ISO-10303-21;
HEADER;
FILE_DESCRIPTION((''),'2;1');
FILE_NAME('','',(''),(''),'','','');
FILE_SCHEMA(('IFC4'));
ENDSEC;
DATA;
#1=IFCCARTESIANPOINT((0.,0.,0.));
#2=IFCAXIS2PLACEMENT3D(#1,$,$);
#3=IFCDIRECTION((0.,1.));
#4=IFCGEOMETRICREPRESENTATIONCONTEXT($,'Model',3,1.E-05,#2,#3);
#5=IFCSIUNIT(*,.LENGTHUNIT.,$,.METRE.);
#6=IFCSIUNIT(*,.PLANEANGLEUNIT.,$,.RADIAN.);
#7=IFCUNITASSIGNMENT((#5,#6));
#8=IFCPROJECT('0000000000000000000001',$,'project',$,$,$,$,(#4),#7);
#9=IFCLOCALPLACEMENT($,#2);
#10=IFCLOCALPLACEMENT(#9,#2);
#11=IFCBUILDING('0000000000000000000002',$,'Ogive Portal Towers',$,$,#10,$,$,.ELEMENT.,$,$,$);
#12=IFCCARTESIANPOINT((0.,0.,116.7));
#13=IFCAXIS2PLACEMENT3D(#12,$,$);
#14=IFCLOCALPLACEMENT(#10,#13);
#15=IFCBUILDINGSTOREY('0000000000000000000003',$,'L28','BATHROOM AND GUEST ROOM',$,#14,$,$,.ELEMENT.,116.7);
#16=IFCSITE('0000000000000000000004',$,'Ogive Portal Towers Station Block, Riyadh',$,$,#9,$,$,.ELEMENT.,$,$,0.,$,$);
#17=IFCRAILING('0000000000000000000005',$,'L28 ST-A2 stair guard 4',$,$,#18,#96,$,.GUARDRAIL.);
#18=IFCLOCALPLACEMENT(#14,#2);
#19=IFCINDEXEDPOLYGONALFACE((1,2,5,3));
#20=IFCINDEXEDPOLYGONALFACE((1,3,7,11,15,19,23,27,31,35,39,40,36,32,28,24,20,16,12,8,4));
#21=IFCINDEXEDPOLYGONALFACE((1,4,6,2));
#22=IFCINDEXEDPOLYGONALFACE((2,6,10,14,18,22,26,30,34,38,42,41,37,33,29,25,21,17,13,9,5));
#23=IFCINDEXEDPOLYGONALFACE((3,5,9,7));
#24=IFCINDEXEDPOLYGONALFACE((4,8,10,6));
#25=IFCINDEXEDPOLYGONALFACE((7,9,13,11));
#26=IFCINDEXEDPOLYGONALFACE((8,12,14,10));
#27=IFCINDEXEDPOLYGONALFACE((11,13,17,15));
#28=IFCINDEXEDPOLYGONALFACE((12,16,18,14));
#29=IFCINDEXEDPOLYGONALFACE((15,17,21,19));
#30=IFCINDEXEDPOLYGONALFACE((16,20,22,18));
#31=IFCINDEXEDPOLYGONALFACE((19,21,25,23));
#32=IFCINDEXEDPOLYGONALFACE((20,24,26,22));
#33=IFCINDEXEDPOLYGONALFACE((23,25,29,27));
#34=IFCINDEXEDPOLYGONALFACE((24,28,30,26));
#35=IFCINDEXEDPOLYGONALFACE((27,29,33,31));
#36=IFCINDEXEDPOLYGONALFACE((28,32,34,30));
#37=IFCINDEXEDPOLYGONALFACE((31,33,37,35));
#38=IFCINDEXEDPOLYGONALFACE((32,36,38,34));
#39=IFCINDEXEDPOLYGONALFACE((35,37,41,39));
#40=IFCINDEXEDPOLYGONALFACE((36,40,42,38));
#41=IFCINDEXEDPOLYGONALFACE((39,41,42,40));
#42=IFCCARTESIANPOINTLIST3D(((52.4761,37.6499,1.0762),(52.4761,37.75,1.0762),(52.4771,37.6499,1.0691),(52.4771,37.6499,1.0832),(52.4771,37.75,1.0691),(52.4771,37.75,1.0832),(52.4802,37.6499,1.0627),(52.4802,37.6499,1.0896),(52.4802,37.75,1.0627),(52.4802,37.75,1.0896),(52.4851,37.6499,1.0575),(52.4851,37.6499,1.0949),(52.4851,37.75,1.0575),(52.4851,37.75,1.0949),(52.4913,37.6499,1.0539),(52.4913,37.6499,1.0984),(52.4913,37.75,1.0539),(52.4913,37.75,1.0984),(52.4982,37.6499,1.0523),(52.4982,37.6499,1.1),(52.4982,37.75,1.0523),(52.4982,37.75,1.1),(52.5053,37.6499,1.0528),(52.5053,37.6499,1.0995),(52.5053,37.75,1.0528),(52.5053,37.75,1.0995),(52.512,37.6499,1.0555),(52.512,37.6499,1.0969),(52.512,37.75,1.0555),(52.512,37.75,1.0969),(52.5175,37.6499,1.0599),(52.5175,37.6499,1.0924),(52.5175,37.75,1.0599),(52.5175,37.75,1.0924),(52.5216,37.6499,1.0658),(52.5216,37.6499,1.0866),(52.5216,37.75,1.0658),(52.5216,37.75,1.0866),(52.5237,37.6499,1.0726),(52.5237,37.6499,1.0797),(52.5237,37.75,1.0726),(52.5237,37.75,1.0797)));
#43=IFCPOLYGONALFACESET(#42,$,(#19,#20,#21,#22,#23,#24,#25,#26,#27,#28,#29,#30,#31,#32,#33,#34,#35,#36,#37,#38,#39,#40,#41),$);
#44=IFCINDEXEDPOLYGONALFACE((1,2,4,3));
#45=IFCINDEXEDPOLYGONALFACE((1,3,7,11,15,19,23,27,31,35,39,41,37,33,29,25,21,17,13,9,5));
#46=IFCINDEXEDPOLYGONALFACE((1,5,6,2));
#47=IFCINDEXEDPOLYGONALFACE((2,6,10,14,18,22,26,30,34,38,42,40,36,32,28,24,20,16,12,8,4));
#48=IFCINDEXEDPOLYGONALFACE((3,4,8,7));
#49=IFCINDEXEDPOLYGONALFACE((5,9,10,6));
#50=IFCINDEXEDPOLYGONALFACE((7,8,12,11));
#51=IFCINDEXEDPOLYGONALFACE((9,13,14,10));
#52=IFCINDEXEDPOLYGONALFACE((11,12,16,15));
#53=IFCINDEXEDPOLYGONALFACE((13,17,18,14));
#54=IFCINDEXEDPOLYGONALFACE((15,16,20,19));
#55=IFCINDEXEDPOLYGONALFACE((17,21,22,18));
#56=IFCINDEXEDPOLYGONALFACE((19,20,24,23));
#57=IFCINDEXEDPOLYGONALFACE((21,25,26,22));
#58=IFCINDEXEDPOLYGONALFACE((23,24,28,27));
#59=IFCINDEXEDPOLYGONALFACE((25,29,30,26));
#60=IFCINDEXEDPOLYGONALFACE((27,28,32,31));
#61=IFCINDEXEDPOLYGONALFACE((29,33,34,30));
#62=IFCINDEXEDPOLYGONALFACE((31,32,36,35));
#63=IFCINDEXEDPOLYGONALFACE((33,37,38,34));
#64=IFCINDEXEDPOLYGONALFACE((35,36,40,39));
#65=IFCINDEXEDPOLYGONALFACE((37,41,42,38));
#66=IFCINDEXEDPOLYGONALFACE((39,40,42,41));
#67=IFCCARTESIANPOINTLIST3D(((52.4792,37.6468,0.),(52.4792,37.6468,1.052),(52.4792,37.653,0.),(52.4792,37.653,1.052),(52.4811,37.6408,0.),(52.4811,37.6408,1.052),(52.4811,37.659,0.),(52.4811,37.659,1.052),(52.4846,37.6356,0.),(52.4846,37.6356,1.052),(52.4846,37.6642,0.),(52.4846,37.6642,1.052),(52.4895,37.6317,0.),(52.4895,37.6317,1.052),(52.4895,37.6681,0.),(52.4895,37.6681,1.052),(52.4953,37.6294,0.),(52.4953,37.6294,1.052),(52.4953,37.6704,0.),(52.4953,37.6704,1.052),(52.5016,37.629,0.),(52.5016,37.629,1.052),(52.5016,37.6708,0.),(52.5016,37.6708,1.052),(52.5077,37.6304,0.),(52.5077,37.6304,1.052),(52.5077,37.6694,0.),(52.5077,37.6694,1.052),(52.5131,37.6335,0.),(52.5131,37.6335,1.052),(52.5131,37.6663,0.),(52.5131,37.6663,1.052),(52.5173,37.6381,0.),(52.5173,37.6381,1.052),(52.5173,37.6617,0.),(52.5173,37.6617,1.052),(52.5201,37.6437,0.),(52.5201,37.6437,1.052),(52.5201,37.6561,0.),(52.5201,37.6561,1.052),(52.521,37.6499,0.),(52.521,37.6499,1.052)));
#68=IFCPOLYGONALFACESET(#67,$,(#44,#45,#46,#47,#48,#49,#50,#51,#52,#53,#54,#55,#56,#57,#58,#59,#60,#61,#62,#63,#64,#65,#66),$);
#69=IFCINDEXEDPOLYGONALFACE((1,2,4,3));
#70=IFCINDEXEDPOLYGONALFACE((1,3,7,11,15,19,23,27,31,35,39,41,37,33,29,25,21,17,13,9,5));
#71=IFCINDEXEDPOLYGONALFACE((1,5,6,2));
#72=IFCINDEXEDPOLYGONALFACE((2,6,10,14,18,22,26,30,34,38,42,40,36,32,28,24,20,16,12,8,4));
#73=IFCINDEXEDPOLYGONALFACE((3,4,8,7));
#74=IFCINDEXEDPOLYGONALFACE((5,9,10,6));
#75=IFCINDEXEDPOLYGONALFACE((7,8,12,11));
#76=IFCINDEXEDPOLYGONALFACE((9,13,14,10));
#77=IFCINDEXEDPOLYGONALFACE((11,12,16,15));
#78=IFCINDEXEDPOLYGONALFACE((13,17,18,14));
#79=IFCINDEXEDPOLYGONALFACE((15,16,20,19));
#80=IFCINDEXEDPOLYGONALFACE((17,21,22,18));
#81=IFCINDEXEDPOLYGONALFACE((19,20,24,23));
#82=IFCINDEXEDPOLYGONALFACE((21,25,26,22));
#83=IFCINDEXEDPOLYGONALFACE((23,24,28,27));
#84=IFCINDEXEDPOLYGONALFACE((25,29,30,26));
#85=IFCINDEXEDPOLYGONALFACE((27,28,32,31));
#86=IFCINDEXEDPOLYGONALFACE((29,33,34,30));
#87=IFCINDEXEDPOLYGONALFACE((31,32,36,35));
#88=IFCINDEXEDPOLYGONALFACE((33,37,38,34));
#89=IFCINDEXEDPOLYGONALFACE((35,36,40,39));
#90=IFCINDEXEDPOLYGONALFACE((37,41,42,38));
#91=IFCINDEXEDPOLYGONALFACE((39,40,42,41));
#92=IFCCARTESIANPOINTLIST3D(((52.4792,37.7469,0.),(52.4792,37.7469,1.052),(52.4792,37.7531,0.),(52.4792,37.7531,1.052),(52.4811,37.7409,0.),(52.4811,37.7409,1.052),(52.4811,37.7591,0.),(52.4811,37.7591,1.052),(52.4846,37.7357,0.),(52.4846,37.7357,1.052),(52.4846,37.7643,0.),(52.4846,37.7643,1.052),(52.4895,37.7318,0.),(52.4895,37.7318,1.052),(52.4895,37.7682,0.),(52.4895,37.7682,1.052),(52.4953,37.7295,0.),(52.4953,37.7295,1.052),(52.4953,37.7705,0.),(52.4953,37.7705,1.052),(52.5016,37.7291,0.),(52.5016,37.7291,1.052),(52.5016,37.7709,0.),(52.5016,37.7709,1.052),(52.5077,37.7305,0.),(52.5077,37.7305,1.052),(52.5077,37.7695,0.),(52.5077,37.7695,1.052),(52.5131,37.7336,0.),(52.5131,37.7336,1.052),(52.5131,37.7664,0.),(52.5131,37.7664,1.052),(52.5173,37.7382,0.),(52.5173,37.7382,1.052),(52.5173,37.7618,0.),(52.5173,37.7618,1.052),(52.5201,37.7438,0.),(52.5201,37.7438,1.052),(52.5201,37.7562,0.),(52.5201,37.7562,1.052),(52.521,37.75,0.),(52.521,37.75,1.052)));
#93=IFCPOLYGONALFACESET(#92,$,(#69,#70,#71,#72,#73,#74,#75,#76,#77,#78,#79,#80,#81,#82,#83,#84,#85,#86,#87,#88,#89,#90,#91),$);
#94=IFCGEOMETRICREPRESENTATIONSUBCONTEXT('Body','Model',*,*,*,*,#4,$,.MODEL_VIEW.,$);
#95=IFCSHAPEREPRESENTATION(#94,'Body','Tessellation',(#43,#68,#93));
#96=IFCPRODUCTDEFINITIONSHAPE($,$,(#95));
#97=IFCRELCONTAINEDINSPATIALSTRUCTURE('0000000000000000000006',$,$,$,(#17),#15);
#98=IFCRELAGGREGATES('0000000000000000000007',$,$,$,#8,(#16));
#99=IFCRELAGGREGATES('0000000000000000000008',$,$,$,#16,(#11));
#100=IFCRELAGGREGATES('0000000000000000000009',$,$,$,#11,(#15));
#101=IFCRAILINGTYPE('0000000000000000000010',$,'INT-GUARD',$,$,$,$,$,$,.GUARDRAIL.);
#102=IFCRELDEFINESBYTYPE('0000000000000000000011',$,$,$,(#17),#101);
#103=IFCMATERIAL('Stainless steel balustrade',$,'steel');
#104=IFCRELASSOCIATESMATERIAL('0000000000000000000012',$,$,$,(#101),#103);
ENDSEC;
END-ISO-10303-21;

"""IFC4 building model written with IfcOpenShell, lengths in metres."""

from ifc_helpers import new_model, si_unit, direction, frame, origin, origin_2d, place, context, subcontext, project, spatial, circle, extrude, material, type_object, element, save


model = new_model("IFC4")

# Units and contexts
model_context = context("Model", 3, precision=1e-05, world=origin(), true_north=direction((0.0, 1.0)))
body_context = subcontext(model_context, "Body", "Model", "MODEL_VIEW")
ifc_project = project(units=[si_unit("LENGTHUNIT", "METRE"), si_unit("PLANEANGLEUNIT", "RADIAN")], contexts=[model_context])

# Site, building, storey
site_placement = place(None, origin())
site = spatial("IfcSite", under=ifc_project, at=site_placement, Name="Ogive Portal Towers Station Block, Riyadh", CompositionType="ELEMENT", RefElevation=0.0)
building_placement = place(site_placement, origin())
building = spatial("IfcBuilding", under=site, at=building_placement, Name="Ogive Portal Towers", CompositionType="ELEMENT")
storey_placement = place(building_placement, frame((0.0, 0.0, 116.7)))
storey = spatial("IfcBuildingStorey", under=building, at=storey_placement, Name="L28", Description="BATHROOM AND GUEST ROOM", CompositionType="ELEMENT", Elevation=116.7)

# Railing
ifc_material_1 = material(Name="Stainless steel balustrade", Category="steel")
railing_type_1 = type_object("IfcRailingType", Name="INT-GUARD", PredefinedType="GUARDRAIL", material=ifc_material_1)
railing_1_placement = place(storey_placement, frame((52.5, 37.6499, 0.0)))
element("IfcRailing", 1, at=railing_1_placement, inside=storey, type_object=railing_type_1, Name="L28 ST-A2 stair guard 4", PredefinedType="GUARDRAIL", context=body_context, shape_type="SweptSolid", body=[
    extrude(circle(Radius=0.0239, at=origin_2d()), frame((0.0, 0.0, 1.0762), z_axis=(0.0, 1.0, 0.0), x_axis=(-1.0, 0.0, 0.0)), (0.0, 0.0, 1.0), 0.1001),
    extrude(circle(Radius=0.021, at=origin_2d()), origin(), (0.0, 0.0, 1.0), 1.052),
    extrude(circle(Radius=0.021, at=origin_2d()), frame((0.0, 0.1001, 0.0)), (0.0, 0.0, 1.0), 1.052),
])

save(model, "model.ifc")
